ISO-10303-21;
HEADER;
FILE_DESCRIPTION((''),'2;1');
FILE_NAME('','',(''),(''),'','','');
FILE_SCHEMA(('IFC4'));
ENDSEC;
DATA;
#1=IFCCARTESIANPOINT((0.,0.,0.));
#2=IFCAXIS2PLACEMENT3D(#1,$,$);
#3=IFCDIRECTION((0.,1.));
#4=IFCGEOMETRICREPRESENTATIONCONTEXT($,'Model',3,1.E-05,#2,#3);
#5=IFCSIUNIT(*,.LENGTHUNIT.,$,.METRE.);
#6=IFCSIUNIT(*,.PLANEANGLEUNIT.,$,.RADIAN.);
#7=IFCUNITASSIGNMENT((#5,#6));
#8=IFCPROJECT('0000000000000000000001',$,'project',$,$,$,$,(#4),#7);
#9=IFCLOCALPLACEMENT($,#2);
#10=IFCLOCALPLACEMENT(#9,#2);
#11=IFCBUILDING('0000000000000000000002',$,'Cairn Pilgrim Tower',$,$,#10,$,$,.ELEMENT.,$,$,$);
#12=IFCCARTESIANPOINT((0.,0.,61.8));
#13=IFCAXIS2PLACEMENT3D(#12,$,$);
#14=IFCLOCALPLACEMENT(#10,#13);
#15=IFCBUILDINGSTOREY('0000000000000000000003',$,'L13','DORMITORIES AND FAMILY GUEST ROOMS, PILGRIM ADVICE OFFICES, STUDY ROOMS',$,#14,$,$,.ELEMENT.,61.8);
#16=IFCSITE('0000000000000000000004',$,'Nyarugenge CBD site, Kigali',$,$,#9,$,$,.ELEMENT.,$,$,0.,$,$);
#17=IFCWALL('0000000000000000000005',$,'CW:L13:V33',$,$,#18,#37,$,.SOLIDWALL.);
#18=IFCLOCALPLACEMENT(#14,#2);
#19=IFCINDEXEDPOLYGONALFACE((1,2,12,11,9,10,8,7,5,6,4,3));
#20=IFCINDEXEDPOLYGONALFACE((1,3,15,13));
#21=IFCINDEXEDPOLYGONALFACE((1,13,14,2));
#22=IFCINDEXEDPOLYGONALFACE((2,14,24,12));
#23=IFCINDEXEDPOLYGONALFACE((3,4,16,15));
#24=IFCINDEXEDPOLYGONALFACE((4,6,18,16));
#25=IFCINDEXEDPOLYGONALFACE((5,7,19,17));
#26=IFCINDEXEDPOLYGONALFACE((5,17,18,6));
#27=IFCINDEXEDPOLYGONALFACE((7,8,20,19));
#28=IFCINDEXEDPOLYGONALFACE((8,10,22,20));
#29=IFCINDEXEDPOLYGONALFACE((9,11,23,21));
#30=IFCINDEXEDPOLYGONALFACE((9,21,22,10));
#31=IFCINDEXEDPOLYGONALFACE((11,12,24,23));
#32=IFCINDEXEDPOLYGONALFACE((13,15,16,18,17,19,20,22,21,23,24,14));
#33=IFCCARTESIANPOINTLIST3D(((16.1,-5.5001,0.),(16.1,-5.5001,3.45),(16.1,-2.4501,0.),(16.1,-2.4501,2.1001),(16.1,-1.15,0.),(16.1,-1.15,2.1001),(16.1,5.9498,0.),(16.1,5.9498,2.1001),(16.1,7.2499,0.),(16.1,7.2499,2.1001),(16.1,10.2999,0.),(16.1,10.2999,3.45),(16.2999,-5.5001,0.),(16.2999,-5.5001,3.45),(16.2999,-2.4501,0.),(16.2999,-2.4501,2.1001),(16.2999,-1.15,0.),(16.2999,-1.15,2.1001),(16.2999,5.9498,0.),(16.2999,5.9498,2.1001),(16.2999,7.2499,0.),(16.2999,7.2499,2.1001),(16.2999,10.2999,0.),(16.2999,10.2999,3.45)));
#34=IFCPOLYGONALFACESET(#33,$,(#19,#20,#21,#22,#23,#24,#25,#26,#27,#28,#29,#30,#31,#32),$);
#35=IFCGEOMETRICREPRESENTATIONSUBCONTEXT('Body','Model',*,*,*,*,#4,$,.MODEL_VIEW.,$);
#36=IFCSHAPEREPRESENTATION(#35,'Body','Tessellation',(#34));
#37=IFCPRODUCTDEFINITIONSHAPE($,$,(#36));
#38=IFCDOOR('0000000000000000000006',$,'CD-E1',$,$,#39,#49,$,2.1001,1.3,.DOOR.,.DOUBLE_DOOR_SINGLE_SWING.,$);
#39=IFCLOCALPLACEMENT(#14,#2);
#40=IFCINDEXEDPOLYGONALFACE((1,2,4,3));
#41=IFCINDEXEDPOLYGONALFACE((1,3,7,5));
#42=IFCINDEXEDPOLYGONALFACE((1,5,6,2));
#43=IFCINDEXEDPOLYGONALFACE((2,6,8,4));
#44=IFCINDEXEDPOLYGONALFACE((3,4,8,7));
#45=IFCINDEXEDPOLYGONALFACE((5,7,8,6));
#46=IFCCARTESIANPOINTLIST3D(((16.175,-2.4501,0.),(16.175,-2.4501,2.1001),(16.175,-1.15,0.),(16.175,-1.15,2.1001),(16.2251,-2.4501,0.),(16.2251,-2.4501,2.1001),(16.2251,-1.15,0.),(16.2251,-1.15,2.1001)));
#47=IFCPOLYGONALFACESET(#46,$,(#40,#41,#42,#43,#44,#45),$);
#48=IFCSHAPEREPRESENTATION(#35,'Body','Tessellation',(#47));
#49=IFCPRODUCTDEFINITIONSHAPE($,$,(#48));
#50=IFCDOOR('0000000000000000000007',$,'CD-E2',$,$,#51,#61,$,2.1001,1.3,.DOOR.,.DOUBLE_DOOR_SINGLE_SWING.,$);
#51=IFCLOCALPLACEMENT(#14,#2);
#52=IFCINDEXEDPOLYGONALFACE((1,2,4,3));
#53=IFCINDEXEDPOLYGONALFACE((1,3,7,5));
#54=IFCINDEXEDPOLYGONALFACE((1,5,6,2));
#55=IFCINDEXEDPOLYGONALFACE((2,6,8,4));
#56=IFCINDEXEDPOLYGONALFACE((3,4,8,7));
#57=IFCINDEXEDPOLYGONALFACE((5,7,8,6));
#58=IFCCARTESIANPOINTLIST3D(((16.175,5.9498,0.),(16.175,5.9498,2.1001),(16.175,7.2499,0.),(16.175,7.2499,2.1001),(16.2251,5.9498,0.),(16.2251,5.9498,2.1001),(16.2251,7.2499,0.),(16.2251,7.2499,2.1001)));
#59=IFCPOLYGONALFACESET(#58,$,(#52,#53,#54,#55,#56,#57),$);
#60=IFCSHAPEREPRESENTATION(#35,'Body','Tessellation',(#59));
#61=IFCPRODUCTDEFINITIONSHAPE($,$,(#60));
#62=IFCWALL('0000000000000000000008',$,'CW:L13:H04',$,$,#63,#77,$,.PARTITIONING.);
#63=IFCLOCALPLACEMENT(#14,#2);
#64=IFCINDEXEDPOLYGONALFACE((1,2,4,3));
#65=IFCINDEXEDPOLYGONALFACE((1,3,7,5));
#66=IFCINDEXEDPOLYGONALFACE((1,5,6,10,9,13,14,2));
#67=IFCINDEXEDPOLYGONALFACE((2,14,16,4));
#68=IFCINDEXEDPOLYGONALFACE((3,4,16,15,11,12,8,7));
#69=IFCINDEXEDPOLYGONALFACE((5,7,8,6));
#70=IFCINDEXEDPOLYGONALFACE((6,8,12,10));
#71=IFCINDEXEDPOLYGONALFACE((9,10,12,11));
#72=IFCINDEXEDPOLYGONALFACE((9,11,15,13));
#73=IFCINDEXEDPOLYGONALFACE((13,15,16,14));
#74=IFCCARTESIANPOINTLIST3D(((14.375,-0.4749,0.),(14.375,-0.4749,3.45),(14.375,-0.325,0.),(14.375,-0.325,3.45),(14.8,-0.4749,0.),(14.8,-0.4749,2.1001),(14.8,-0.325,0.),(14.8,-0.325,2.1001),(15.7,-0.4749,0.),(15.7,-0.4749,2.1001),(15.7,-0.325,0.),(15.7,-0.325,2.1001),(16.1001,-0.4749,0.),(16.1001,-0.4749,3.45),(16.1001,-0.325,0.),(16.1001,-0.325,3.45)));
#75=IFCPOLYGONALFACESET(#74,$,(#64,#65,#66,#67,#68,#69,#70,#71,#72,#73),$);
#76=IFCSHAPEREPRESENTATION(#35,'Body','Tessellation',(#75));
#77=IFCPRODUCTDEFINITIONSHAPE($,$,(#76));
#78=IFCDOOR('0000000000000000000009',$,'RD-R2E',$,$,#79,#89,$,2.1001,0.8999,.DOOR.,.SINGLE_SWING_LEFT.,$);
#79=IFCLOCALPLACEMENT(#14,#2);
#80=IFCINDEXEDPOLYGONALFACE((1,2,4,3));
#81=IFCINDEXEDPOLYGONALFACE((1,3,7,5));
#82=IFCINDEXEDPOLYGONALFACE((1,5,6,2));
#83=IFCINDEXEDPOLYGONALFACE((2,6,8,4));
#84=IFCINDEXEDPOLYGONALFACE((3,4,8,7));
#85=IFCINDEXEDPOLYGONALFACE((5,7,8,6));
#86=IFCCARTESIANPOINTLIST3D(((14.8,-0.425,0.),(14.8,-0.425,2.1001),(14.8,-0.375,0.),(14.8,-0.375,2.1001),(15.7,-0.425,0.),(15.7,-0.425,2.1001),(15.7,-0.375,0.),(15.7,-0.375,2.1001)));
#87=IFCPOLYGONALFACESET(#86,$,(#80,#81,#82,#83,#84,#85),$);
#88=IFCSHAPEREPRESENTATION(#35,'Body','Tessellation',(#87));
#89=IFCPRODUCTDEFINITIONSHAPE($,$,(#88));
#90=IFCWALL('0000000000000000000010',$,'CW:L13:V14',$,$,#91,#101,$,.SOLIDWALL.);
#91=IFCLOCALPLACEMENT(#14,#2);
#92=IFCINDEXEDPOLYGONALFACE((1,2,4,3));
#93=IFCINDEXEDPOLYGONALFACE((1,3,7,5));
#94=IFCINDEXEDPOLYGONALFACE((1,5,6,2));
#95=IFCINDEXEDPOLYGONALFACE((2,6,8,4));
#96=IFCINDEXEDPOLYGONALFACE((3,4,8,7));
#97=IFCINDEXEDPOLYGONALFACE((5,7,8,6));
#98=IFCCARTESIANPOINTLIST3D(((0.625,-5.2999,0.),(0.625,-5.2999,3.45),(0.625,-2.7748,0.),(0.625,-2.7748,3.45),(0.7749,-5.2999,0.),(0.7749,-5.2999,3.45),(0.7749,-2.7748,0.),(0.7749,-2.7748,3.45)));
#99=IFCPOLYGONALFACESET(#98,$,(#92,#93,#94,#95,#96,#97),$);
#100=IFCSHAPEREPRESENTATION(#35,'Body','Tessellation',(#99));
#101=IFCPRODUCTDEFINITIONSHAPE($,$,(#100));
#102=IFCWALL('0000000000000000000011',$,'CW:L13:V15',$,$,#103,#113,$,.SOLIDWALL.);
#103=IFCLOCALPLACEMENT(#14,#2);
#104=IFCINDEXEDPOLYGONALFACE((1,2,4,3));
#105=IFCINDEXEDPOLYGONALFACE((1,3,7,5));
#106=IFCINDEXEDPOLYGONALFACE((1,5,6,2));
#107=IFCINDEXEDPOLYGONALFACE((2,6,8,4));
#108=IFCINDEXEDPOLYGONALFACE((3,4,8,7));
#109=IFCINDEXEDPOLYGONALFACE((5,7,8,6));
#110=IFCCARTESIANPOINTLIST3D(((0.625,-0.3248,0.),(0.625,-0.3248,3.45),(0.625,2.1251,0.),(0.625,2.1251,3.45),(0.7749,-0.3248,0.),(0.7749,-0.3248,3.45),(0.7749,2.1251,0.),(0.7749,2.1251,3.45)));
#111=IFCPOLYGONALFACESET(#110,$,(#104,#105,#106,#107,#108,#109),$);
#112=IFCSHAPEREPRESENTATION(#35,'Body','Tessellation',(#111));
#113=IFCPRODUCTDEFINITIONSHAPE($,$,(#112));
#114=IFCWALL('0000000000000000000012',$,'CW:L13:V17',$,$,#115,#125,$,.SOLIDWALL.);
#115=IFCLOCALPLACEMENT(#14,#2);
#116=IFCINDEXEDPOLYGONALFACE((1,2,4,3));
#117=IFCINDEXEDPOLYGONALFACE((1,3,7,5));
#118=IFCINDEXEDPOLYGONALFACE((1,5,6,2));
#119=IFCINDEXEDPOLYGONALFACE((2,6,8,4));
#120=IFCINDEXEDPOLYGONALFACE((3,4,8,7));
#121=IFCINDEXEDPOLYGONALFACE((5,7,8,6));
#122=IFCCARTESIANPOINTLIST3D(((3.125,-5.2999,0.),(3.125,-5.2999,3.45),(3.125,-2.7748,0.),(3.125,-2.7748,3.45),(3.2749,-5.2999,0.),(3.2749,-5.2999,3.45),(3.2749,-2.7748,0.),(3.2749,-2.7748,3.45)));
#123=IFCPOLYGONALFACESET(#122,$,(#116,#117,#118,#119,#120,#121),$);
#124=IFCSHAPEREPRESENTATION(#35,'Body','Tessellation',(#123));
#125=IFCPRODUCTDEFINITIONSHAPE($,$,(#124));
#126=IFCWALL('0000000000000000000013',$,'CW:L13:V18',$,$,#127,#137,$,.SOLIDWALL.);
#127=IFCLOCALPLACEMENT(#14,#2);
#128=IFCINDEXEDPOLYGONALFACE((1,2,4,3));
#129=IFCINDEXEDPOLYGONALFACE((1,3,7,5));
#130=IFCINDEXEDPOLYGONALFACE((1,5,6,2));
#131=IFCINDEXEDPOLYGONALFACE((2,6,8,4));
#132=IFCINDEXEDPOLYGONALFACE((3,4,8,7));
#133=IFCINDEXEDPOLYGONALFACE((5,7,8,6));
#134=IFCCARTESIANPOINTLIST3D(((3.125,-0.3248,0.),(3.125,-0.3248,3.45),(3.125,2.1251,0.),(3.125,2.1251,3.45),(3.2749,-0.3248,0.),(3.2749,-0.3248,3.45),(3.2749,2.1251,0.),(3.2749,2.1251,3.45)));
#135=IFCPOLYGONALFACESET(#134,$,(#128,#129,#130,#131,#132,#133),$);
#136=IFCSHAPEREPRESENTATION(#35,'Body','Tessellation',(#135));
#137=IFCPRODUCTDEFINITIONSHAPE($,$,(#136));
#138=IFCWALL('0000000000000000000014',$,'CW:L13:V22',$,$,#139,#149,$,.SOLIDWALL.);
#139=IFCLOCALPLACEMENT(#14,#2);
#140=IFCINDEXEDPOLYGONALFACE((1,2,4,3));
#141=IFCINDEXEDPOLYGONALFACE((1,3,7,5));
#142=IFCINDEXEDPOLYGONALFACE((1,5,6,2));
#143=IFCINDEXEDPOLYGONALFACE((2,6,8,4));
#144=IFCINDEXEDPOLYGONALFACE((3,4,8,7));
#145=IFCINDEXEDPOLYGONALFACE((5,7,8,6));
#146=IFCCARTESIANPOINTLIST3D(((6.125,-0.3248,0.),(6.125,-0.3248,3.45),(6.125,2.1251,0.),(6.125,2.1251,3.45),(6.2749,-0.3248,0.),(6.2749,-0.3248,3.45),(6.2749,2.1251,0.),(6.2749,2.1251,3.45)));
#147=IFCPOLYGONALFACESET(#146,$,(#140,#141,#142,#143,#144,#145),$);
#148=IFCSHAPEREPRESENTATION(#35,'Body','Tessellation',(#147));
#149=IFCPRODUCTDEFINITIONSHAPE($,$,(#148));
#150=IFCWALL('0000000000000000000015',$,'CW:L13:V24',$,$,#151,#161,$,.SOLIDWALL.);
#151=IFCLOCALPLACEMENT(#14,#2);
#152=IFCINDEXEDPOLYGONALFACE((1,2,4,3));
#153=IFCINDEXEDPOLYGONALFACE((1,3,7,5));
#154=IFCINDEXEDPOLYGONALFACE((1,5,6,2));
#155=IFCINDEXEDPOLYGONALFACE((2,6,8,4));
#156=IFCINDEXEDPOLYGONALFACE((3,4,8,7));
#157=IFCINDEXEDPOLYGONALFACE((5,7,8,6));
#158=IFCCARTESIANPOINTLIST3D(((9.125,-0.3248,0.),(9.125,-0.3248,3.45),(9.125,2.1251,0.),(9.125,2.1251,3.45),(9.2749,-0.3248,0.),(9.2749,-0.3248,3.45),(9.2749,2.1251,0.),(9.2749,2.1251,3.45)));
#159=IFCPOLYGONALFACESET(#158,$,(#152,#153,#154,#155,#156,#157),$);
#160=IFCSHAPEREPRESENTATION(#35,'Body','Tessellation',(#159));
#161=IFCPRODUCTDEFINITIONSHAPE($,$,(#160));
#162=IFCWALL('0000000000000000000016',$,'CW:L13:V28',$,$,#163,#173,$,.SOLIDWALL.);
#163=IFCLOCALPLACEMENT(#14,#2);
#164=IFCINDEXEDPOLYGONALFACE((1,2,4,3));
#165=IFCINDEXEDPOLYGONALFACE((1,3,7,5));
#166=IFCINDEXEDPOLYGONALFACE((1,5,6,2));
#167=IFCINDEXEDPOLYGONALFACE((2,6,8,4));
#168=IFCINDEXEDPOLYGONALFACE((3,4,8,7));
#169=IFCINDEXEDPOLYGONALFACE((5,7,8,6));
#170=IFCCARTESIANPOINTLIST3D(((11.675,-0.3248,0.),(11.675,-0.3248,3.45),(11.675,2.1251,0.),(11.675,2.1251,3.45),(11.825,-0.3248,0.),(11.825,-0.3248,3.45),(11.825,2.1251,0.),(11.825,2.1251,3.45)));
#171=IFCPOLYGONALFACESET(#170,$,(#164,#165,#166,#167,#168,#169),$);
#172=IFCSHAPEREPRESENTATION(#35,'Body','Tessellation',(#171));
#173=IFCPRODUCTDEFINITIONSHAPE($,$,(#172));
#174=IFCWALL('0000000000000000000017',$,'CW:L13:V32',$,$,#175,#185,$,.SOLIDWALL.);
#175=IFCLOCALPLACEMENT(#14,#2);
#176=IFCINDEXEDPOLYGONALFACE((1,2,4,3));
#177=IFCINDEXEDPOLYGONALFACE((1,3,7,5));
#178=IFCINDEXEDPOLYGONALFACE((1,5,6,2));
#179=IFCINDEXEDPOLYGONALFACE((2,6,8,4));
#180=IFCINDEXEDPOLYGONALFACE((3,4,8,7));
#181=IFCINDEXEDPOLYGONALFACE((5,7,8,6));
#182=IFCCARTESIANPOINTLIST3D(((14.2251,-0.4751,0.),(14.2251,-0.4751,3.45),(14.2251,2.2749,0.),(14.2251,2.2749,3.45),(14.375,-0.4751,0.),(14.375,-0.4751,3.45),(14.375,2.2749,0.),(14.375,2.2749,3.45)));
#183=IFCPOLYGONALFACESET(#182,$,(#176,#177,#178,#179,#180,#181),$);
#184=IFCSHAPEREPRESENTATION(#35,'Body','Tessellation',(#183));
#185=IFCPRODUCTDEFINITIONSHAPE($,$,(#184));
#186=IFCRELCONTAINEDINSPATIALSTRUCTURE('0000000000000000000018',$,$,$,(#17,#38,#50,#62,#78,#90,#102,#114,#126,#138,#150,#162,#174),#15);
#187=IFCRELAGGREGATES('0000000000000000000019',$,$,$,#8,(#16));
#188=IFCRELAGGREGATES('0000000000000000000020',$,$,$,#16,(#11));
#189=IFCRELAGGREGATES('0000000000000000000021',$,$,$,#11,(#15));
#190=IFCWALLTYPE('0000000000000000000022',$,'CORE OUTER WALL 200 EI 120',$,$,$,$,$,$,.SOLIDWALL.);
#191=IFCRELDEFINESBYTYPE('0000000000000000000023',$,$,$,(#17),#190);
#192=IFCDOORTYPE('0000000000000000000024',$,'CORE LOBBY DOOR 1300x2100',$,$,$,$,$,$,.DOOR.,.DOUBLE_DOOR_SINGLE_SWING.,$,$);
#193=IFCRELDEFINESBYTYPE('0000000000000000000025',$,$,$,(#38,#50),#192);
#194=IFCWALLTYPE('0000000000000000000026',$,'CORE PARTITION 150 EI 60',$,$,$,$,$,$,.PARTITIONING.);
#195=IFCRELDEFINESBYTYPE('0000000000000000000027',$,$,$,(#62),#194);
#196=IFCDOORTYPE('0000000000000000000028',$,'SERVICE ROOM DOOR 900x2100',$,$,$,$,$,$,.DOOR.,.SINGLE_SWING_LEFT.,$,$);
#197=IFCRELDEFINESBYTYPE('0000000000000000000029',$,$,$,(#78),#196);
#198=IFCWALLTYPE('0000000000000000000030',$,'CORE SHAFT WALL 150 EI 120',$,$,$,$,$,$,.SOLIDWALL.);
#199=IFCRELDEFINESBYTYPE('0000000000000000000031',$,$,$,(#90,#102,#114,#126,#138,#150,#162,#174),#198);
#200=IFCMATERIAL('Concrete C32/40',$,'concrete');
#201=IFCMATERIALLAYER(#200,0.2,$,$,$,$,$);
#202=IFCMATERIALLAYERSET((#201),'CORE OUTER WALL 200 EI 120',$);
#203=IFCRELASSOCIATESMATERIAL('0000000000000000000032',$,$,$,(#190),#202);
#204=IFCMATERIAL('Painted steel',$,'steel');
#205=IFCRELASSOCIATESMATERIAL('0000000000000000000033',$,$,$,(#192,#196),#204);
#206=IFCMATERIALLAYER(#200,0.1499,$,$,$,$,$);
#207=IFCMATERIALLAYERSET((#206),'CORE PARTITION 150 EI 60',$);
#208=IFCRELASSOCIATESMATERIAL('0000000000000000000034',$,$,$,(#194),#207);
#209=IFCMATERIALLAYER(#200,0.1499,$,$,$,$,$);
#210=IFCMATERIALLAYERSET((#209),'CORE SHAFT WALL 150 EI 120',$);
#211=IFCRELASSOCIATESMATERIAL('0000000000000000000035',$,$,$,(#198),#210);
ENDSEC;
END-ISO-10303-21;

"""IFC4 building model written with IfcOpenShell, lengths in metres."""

from ifc_helpers import new_model, si_unit, direction, frame, frame_2d, origin, place, context, subcontext, project, spatial, rectangle, extrude, material, layer, layer_set, type_object, element, fill, save


model = new_model("IFC4")

# Units and contexts
model_context = context("Model", 3, precision=1e-05, world=origin(), true_north=direction((0.0, 1.0)))
body_context = subcontext(model_context, "Body", "Model", "MODEL_VIEW")
ifc_project = project(units=[si_unit("LENGTHUNIT", "METRE"), si_unit("PLANEANGLEUNIT", "RADIAN")], contexts=[model_context])

# Site, building, storey
site_placement = place(None, origin())
site = spatial("IfcSite", under=ifc_project, at=site_placement, Name="Nyarugenge CBD site, Kigali", CompositionType="ELEMENT", RefElevation=0.0)
building_placement = place(site_placement, origin())
building = spatial("IfcBuilding", under=site, at=building_placement, Name="Cairn Pilgrim Tower", CompositionType="ELEMENT")
storey_placement = place(building_placement, frame((0.0, 0.0, 61.8)))
storey = spatial("IfcBuildingStorey", under=building, at=storey_placement, Name="L13", Description="DORMITORIES AND FAMILY GUEST ROOMS, PILGRIM ADVICE OFFICES, STUDY ROOMS", CompositionType="ELEMENT", Elevation=61.8)

# Shared definitions
ifc_material_1 = material(Name="Concrete C32/40", Category="concrete")
ifc_layer_1 = layer(ifc_material_1, 0.2)
ifc_layer_set_1 = layer_set([ifc_layer_1], Name="CORE OUTER WALL 200 EI 120")
wall_type_1 = type_object("IfcWallType", Name="CORE OUTER WALL 200 EI 120", PredefinedType="SOLIDWALL", material=ifc_layer_set_1)

# Wall, openings, doors
wall_1_placement = place(storey_placement, frame((16.2, -5.5, 0.0), z_axis=(0.0, 0.0, 1.0), x_axis=(0.0, 1.0, 0.0)))
wall_1 = element("IfcWall", 1, at=wall_1_placement, inside=storey, type_object=wall_type_1, Name="CW:L13:V33", PredefinedType="SOLIDWALL", context=body_context, shape_type="SweptSolid", body=[
    extrude(rectangle(XDim=15.8, YDim=0.2, at=frame_2d((7.8999, 0.0))), origin(), (0.0, 0.0, 1.0), 3.45),
])
opening_1_placement = place(wall_1_placement, frame((3.05, 0.0, 0.0)))
opening_1 = element("IfcOpeningElement", 2, at=opening_1_placement, cuts=wall_1, PredefinedType="OPENING", context=body_context, shape_type="SweptSolid", body=[
    extrude(rectangle(XDim=1.3, YDim=2.1001, at=frame_2d((0.6499, 1.05))), frame((0.0, 0.1099, 0.0), z_axis=(0.0, -1.0, 0.0), x_axis=(1.0, 0.0, 0.0)), (0.0, 0.0, 1.0), 0.22),
])
opening_2_placement = place(wall_1_placement, frame((11.45, 0.0, 0.0)))
opening_2 = element("IfcOpeningElement", 3, at=opening_2_placement, cuts=wall_1, PredefinedType="OPENING", context=body_context, shape_type="SweptSolid", body=[
    extrude(rectangle(XDim=1.3, YDim=2.1001, at=frame_2d((0.6499, 1.05))), frame((0.0, 0.1099, 0.0), z_axis=(0.0, -1.0, 0.0), x_axis=(1.0, 0.0, 0.0)), (0.0, 0.0, 1.0), 0.22),
])
ifc_material_2 = material(Name="Painted steel", Category="steel")
door_type_1 = type_object("IfcDoorType", Name="CORE LOBBY DOOR 1300x2100", OperationType="DOUBLE_DOOR_SINGLE_SWING", PredefinedType="DOOR", material=ifc_material_2)
door_1_placement = place(opening_1_placement, origin())
door_1 = element("IfcDoor", 4, at=door_1_placement, inside=storey, type_object=door_type_1, Name="CD-E1", OperationType="DOUBLE_DOOR_SINGLE_SWING", OverallHeight=2.1001, OverallWidth=1.3, PredefinedType="DOOR", context=body_context, shape_type="SweptSolid", body=[
    extrude(rectangle(XDim=1.3, YDim=2.1001, at=frame_2d((0.6499, 1.05))), frame((0.0, 0.0249, 0.0), z_axis=(0.0, -1.0, 0.0), x_axis=(1.0, 0.0, 0.0)), (0.0, 0.0, 1.0), 0.05),
])
fill(opening_1, door_1)
door_2_placement = place(opening_2_placement, origin())
door_2 = element("IfcDoor", 5, at=door_2_placement, inside=storey, type_object=door_type_1, Name="CD-E2", OperationType="DOUBLE_DOOR_SINGLE_SWING", OverallHeight=2.1001, OverallWidth=1.3, PredefinedType="DOOR", context=body_context, shape_type="SweptSolid", body=[
    extrude(rectangle(XDim=1.3, YDim=2.1001, at=frame_2d((0.6499, 1.05))), frame((0.0, 0.0249, 0.0), z_axis=(0.0, -1.0, 0.0), x_axis=(1.0, 0.0, 0.0)), (0.0, 0.0, 1.0), 0.05),
])
fill(opening_2, door_2)

# Wall, opening, door
ifc_layer_2 = layer(ifc_material_1, 0.1499)
ifc_layer_set_2 = layer_set([ifc_layer_2], Name="CORE PARTITION 150 EI 60")
wall_type_2 = type_object("IfcWallType", Name="CORE PARTITION 150 EI 60", PredefinedType="PARTITIONING", material=ifc_layer_set_2)
wall_2_placement = place(storey_placement, frame((14.375, -0.3999, 0.0), z_axis=(0.0, 0.0, 1.0), x_axis=(1.0, 0.0, 0.0)))
wall_2 = element("IfcWall", 6, at=wall_2_placement, inside=storey, type_object=wall_type_2, Name="CW:L13:H04", PredefinedType="PARTITIONING", context=body_context, shape_type="SweptSolid", body=[
    extrude(rectangle(XDim=1.7251, YDim=0.1499, at=frame_2d((0.8625, 0.0))), origin(), (0.0, 0.0, 1.0), 3.45),
])
opening_3_placement = place(wall_2_placement, frame((0.425, 0.0, 0.0)))
opening_3 = element("IfcOpeningElement", 7, at=opening_3_placement, cuts=wall_2, PredefinedType="OPENING", context=body_context, shape_type="SweptSolid", body=[
    extrude(rectangle(XDim=0.8999, YDim=2.1001, at=frame_2d((0.45, 1.05))), frame((0.0, 0.085, 0.0), z_axis=(0.0, -1.0, 0.0), x_axis=(1.0, 0.0, 0.0)), (0.0, 0.0, 1.0), 0.1699),
])
door_type_2 = type_object("IfcDoorType", Name="SERVICE ROOM DOOR 900x2100", OperationType="SINGLE_SWING_LEFT", PredefinedType="DOOR", material=ifc_material_2)
door_3_placement = place(opening_3_placement, origin())
door_3 = element("IfcDoor", 8, at=door_3_placement, inside=storey, type_object=door_type_2, Name="RD-R2E", OperationType="SINGLE_SWING_LEFT", OverallHeight=2.1001, OverallWidth=0.8999, PredefinedType="DOOR", context=body_context, shape_type="SweptSolid", body=[
    extrude(rectangle(XDim=0.8999, YDim=2.1001, at=frame_2d((0.45, 1.05))), frame((0.0, 0.0249, 0.0), z_axis=(0.0, -1.0, 0.0), x_axis=(1.0, 0.0, 0.0)), (0.0, 0.0, 1.0), 0.05),
])
fill(opening_3, door_3)

# Walls
ifc_layer_3 = layer(ifc_material_1, 0.1499)
ifc_layer_set_3 = layer_set([ifc_layer_3], Name="CORE SHAFT WALL 150 EI 120")
wall_type_3 = type_object("IfcWallType", Name="CORE SHAFT WALL 150 EI 120", PredefinedType="SOLIDWALL", material=ifc_layer_set_3)
wall_3_placement = place(storey_placement, frame((0.7, -5.3, 0.0), z_axis=(0.0, 0.0, 1.0), x_axis=(0.0, 1.0, 0.0)))
element("IfcWall", 9, at=wall_3_placement, inside=storey, type_object=wall_type_3, Name="CW:L13:V14", PredefinedType="SOLIDWALL", context=body_context, shape_type="SweptSolid", body=[
    extrude(rectangle(XDim=2.5251, YDim=0.1499, at=frame_2d((1.2627, 0.0))), origin(), (0.0, 0.0, 1.0), 3.45),
])
wall_4_placement = place(storey_placement, frame((0.7, -0.325, 0.0), z_axis=(0.0, 0.0, 1.0), x_axis=(0.0, 1.0, 0.0)))
element("IfcWall", 10, at=wall_4_placement, inside=storey, type_object=wall_type_3, Name="CW:L13:V15", PredefinedType="SOLIDWALL", context=body_context, shape_type="SweptSolid", body=[
    extrude(rectangle(XDim=2.45, YDim=0.1499, at=frame_2d((1.2251, 0.0))), origin(), (0.0, 0.0, 1.0), 3.45),
])
wall_5_placement = place(storey_placement, frame((3.2, -5.3, 0.0), z_axis=(0.0, 0.0, 1.0), x_axis=(0.0, 1.0, 0.0)))
element("IfcWall", 11, at=wall_5_placement, inside=storey, type_object=wall_type_3, Name="CW:L13:V17", PredefinedType="SOLIDWALL", context=body_context, shape_type="SweptSolid", body=[
    extrude(rectangle(XDim=2.5251, YDim=0.1499, at=frame_2d((1.2627, 0.0))), origin(), (0.0, 0.0, 1.0), 3.45),
])
for number, where, z_axis, x_axis, name in (
    (12, (3.2, -0.325, 0.0), (0.0, 0.0, 1.0), (0.0, 1.0, 0.0), "CW:L13:V18"),
    (13, (6.2, -0.325, 0.0), (0.0, 0.0, 1.0), (0.0, 1.0, 0.0), "CW:L13:V22"),
    (14, (9.2, -0.325, 0.0), (0.0, 0.0, 1.0), (0.0, 1.0, 0.0), "CW:L13:V24"),
    (15, (11.75, -0.325, 0.0), (0.0, 0.0, 1.0), (0.0, 1.0, 0.0), "CW:L13:V28"),
):
    element("IfcWall", number, at=place(storey_placement, frame(where, z_axis=z_axis, x_axis=x_axis)), inside=storey, type_object=wall_type_3, Name=name, PredefinedType="SOLIDWALL", context=body_context, shape_type="SweptSolid", body=[
        extrude(rectangle(XDim=2.45, YDim=0.1499, at=frame_2d((1.2251, 0.0))), origin(), (0.0, 0.0, 1.0), 3.45),
    ])
wall_6_placement = place(storey_placement, frame((14.3, -0.4751, 0.0), z_axis=(0.0, 0.0, 1.0), x_axis=(0.0, 1.0, 0.0)))
element("IfcWall", 16, at=wall_6_placement, inside=storey, type_object=wall_type_3, Name="CW:L13:V32", PredefinedType="SOLIDWALL", context=body_context, shape_type="SweptSolid", body=[
    extrude(rectangle(XDim=2.75, YDim=0.1499, at=frame_2d((1.375, 0.0))), origin(), (0.0, 0.0, 1.0), 3.45),
])

save(model, "model.ifc")
